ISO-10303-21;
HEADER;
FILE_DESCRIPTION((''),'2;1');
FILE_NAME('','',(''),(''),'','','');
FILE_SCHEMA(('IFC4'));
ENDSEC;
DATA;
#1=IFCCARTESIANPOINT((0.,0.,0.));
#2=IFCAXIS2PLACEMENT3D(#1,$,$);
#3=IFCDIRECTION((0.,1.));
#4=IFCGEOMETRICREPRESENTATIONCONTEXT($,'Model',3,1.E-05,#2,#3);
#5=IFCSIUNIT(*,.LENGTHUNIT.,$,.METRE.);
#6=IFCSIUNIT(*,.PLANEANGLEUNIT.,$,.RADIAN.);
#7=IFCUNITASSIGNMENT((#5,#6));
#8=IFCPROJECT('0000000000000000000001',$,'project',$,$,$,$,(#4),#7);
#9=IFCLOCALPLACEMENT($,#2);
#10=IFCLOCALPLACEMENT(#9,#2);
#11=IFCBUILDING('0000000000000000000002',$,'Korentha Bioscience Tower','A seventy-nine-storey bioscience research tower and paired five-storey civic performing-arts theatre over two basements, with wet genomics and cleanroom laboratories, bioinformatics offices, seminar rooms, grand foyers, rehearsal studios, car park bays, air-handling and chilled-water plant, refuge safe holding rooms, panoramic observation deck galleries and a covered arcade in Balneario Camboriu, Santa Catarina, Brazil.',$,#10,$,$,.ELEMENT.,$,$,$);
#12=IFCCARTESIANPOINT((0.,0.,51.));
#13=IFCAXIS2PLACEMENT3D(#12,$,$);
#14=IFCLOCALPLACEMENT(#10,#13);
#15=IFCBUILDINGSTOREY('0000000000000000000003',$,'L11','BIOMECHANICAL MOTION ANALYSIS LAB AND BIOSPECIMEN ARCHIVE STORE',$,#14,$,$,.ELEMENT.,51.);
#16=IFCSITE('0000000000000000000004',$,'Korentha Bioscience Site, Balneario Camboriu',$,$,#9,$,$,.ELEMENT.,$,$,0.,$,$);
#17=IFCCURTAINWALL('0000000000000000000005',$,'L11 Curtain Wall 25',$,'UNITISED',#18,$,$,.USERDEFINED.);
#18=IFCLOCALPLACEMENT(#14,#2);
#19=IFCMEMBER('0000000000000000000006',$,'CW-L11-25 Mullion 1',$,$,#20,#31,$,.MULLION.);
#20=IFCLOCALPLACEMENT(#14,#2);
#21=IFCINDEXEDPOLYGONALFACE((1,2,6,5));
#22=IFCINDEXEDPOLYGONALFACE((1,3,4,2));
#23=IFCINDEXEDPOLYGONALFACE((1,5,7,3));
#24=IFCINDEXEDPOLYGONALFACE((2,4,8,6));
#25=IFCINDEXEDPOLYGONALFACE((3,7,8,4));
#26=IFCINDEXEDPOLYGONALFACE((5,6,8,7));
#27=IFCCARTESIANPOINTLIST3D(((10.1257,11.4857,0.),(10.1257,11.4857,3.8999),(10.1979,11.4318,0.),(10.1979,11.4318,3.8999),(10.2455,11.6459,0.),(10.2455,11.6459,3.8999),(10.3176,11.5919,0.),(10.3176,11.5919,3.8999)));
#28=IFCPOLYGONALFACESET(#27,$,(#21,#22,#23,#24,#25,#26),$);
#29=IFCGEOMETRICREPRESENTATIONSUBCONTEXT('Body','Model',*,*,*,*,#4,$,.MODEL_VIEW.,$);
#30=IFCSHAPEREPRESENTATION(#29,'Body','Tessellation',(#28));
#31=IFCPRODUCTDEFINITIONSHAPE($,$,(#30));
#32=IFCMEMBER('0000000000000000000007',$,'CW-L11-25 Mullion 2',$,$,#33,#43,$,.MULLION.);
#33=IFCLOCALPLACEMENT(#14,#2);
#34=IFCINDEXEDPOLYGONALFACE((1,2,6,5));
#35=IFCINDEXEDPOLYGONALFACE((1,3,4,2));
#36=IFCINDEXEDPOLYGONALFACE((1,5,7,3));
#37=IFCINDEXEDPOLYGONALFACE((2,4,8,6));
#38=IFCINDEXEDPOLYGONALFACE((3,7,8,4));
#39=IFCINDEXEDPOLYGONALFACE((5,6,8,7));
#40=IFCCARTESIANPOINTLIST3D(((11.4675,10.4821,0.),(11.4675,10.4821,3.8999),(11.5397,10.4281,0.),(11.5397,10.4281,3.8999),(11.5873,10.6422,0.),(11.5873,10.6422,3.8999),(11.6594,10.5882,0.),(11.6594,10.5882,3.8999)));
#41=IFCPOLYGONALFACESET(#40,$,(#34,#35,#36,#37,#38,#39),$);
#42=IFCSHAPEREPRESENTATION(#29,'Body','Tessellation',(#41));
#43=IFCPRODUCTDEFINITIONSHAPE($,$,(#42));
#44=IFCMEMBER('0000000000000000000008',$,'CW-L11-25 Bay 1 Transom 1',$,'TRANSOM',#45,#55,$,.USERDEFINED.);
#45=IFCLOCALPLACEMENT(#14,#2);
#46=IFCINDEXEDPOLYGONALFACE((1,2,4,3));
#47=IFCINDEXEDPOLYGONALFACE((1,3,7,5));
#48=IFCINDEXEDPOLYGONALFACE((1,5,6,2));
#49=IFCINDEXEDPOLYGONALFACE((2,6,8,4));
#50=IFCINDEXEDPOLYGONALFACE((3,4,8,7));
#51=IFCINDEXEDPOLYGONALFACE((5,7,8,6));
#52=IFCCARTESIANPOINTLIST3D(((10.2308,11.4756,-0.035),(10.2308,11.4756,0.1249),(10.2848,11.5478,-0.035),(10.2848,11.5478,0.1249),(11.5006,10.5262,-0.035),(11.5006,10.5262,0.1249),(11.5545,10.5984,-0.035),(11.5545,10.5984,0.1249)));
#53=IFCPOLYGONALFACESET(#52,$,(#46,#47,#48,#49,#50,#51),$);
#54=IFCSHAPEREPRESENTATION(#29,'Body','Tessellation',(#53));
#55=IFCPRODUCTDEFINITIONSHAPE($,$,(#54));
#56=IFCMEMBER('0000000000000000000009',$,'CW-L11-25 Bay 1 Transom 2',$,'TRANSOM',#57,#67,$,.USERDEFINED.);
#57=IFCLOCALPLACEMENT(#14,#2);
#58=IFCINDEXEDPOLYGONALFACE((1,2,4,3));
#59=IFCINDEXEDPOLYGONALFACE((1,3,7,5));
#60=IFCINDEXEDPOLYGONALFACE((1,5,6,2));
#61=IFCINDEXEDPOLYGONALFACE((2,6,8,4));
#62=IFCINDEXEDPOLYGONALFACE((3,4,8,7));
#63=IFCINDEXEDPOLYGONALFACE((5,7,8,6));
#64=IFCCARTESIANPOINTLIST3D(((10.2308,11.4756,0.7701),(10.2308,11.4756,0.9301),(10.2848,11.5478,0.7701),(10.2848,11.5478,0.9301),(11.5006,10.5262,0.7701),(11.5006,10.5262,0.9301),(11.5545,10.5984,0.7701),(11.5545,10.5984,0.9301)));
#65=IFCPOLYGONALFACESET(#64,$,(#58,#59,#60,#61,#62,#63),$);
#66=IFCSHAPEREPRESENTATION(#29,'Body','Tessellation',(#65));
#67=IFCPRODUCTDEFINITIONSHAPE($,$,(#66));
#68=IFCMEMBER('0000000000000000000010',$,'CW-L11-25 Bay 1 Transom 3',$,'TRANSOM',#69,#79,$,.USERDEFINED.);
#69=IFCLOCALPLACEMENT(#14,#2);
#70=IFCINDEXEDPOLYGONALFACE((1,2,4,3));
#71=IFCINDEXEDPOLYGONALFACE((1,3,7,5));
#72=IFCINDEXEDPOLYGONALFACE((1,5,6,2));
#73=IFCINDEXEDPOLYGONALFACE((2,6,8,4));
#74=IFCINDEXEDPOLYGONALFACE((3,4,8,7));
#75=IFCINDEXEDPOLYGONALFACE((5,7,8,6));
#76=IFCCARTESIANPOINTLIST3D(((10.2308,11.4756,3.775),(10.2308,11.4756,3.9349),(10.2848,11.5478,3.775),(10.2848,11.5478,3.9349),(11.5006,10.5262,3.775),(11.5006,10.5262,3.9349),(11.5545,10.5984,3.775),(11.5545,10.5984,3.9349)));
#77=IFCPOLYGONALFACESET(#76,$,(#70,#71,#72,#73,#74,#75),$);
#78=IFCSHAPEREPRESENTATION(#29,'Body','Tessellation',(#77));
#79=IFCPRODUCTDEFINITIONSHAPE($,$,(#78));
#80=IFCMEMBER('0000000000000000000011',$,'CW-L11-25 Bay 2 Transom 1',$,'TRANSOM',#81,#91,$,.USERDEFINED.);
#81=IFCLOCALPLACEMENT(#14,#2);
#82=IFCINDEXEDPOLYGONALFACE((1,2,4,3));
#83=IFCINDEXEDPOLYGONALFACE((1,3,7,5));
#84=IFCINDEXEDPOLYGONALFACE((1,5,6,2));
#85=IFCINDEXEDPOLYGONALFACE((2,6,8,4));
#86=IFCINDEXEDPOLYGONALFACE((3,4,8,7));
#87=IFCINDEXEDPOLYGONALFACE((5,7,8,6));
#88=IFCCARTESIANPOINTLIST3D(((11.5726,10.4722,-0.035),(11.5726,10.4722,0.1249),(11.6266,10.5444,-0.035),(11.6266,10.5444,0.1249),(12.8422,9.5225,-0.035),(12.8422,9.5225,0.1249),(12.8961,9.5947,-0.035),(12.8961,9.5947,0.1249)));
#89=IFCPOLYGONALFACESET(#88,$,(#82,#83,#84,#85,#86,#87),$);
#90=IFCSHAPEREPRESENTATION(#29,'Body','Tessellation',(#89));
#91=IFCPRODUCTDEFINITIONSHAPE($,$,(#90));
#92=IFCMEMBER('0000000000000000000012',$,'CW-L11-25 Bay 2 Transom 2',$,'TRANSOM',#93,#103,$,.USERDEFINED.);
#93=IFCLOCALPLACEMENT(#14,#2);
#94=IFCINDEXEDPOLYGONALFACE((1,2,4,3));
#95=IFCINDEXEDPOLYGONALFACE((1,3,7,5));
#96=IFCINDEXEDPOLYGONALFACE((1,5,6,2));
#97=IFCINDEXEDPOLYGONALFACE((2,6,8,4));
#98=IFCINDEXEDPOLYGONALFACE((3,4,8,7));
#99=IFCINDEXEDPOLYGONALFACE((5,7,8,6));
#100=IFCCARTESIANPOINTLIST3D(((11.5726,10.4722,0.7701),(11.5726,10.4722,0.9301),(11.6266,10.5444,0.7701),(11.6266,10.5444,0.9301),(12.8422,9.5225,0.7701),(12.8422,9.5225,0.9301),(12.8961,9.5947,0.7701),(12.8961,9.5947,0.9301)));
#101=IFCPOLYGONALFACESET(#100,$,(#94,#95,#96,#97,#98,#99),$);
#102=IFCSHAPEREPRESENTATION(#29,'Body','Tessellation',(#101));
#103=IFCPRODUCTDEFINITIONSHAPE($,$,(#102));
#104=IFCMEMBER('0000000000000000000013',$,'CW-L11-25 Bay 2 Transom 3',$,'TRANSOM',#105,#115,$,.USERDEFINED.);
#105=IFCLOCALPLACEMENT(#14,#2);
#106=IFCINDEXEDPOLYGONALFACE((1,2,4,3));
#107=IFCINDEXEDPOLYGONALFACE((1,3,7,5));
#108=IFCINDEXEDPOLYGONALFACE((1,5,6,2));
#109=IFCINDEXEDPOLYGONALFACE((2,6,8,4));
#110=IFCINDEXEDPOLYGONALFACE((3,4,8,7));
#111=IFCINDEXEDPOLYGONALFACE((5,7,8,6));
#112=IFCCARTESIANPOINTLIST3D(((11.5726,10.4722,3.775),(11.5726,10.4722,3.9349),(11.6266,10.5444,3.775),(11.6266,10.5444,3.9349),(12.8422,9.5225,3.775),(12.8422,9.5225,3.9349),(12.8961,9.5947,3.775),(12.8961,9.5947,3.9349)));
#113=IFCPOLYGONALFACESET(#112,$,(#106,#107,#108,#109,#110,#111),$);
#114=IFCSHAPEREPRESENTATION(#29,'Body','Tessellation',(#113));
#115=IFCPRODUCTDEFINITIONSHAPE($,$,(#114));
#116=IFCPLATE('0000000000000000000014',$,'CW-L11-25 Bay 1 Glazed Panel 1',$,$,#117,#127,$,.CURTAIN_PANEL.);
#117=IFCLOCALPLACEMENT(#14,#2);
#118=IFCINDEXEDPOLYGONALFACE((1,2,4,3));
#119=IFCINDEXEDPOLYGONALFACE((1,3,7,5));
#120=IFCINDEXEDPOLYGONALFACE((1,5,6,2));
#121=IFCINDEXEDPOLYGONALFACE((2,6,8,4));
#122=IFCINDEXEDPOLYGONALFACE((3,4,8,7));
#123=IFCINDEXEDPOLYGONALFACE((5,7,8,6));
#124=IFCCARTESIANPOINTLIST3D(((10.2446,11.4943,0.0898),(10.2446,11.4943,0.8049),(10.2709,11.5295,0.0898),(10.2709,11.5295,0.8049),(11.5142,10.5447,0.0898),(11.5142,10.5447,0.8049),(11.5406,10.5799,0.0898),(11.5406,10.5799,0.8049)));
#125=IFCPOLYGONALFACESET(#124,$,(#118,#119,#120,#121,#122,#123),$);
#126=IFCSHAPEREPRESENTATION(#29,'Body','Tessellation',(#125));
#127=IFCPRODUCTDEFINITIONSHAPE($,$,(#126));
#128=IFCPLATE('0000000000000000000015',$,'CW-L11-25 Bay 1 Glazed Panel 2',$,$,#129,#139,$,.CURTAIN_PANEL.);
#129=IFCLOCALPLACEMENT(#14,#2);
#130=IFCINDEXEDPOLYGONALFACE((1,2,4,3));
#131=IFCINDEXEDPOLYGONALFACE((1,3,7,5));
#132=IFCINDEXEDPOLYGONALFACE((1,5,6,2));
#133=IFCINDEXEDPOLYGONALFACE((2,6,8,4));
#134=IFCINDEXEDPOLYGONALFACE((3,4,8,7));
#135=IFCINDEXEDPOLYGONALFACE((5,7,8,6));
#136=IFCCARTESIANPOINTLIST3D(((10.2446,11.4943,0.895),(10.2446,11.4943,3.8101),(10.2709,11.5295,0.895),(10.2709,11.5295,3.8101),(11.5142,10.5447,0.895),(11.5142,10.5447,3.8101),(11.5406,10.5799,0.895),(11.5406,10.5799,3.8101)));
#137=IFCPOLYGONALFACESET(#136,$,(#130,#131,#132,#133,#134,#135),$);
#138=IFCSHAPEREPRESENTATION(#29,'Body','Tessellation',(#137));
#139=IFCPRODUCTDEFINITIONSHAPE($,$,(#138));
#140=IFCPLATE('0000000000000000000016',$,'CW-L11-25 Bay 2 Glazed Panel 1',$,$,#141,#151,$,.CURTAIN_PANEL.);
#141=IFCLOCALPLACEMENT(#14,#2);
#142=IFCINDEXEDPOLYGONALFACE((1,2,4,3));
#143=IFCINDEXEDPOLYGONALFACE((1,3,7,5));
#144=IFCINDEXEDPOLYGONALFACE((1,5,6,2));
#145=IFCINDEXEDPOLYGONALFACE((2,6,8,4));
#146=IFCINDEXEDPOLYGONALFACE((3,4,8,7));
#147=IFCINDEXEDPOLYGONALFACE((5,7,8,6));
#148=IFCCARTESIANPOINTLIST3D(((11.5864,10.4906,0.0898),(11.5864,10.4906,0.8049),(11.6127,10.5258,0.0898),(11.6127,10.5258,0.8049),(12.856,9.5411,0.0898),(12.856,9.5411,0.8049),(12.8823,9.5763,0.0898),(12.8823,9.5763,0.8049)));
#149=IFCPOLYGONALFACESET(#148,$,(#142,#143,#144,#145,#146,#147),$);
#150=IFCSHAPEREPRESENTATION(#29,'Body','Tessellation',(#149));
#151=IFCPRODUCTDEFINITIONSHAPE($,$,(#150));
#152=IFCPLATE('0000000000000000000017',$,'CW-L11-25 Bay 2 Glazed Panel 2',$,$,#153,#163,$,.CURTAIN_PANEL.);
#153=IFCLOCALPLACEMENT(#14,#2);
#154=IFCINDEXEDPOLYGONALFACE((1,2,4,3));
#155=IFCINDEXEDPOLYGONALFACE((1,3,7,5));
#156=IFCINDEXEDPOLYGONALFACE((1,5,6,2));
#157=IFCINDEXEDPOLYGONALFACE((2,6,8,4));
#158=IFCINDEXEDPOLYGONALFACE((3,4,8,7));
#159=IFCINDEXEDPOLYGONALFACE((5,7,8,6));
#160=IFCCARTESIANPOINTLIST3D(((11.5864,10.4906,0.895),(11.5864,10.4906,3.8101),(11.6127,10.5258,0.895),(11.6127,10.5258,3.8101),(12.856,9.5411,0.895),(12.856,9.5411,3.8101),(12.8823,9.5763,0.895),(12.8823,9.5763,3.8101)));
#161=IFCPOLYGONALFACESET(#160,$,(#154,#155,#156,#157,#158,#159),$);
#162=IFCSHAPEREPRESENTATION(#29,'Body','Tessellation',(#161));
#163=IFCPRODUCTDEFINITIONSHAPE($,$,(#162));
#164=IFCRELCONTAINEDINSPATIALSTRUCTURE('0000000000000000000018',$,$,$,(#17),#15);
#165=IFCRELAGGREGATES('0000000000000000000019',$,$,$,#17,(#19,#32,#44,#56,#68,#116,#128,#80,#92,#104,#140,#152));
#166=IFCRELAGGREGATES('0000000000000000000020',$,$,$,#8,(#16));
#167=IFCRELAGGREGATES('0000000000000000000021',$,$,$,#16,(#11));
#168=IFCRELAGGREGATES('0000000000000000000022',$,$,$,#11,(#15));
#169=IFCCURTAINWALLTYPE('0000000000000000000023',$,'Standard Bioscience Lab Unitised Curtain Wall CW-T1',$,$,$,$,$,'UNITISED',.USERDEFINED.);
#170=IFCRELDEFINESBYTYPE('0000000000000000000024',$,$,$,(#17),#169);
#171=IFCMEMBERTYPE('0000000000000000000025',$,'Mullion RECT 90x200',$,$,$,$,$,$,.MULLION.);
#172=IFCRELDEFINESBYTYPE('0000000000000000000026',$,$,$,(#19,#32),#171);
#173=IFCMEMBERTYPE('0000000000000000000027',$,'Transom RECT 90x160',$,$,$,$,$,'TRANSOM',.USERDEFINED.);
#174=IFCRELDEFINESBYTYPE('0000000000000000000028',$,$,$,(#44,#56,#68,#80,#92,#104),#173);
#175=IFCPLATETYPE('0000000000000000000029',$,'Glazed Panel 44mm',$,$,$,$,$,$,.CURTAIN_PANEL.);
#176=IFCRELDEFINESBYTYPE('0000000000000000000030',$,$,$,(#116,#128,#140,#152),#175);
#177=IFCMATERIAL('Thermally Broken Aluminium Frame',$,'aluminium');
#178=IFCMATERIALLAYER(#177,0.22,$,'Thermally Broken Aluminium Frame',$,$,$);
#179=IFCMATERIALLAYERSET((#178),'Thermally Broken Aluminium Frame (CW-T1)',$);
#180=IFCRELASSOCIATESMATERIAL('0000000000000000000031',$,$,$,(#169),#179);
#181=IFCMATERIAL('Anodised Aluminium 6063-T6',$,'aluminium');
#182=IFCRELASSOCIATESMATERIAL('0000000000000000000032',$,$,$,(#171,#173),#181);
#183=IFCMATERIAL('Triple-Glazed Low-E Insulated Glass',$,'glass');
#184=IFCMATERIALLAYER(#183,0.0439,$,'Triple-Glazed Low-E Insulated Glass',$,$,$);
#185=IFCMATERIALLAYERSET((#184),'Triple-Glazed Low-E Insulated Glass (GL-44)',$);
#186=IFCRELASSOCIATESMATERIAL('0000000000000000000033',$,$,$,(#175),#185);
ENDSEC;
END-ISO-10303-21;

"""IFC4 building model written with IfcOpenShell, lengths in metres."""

from ifc_helpers import new_model, si_unit, direction, frame, origin, origin_2d, place, context, subcontext, project, spatial, rectangle, extrude, material, layer, layer_set, material_profile, profile_set, type_object, element, aggregate, save


model = new_model("IFC4")

# Units and contexts
model_context = context("Model", 3, precision=1e-05, world=origin(), true_north=direction((0.0, 1.0)))
body_context = subcontext(model_context, "Body", "Model", "MODEL_VIEW")
ifc_project = project(units=[si_unit("LENGTHUNIT", "METRE"), si_unit("PLANEANGLEUNIT", "RADIAN")], contexts=[model_context])

# Site, building, storey
site_placement = place(None, origin())
site = spatial("IfcSite", under=ifc_project, at=site_placement, Name="Korentha Bioscience Site, Balneario Camboriu", CompositionType="ELEMENT", RefElevation=0.0)
building_placement = place(site_placement, origin())
building = spatial("IfcBuilding", under=site, at=building_placement, Name="Korentha Bioscience Tower", Description="A seventy-nine-storey bioscience research tower and paired five-storey civic performing-arts theatre over two basements, with wet genomics and cleanroom laboratories, bioinformatics offices, seminar rooms, grand foyers, rehearsal studios, car park bays, air-handling and chilled-water plant, refuge safe holding rooms, panoramic observation deck galleries and a covered arcade in Balneario Camboriu, Santa Catarina, Brazil.", CompositionType="ELEMENT")
storey_placement = place(building_placement, frame((0.0, 0.0, 51.0)))
storey = spatial("IfcBuildingStorey", under=building, at=storey_placement, Name="L11", Description="BIOMECHANICAL MOTION ANALYSIS LAB AND BIOSPECIMEN ARCHIVE STORE", CompositionType="ELEMENT", Elevation=51.0)

# Curtain wall, members, plates
ifc_material_1 = material(Name="Thermally Broken Aluminium Frame", Category="aluminium")
ifc_layer_1 = layer(ifc_material_1, 0.22, Name="Thermally Broken Aluminium Frame")
ifc_layer_set_1 = layer_set([ifc_layer_1], Name="Thermally Broken Aluminium Frame (CW-T1)")
curtain_wall_type = type_object("IfcCurtainWallType", Name="Standard Bioscience Lab Unitised Curtain Wall CW-T1", ElementType="UNITISED", PredefinedType="USERDEFINED", material=ifc_layer_set_1)
curtain_wall_placement = place(storey_placement, origin())
curtain_wall = element("IfcCurtainWall", 1, at=curtain_wall_placement, inside=storey, type_object=curtain_wall_type, Name="L11 Curtain Wall 25", ObjectType="UNITISED", PredefinedType="USERDEFINED")
ifc_material_2 = material(Name="Anodised Aluminium 6063-T6", Category="aluminium")
ifc_material_profile_1 = material_profile(ifc_material_2, rectangle(XDim=0.0901, YDim=0.2, at=origin_2d()), Name="Anodised Aluminium 6063-T6")
ifc_profile_set_1 = profile_set([ifc_material_profile_1], Name="Anodised Aluminium 6063-T6 (CW-MUL)")
member_type_1 = type_object("IfcMemberType", Name="Mullion RECT 90x200", PredefinedType="MULLION", material=ifc_profile_set_1)
member_1_placement = place(storey_placement, frame((10.2217, 11.5388, 0.0), z_axis=(0.0, 0.0, 1.0), x_axis=(0.800798, -0.598935, 0.0)))
member_1 = element("IfcMember", 2, at=member_1_placement, type_object=member_type_1, Name="CW-L11-25 Mullion 1", PredefinedType="MULLION", context=body_context, shape_type="SweptSolid", body=[
    extrude(rectangle(XDim=0.0901, YDim=0.2, at=origin_2d()), origin(), (0.0, 0.0, 1.0), 3.8999),
])
member_2_placement = place(storey_placement, frame((11.5635, 10.5352, 0.0), z_axis=(0.0, 0.0, 1.0), x_axis=(0.800798, -0.598935, 0.0)))
member_2 = element("IfcMember", 3, at=member_2_placement, type_object=member_type_1, Name="CW-L11-25 Mullion 2", PredefinedType="MULLION", context=body_context, shape_type="SweptSolid", body=[
    extrude(rectangle(XDim=0.0901, YDim=0.2, at=origin_2d()), origin(), (0.0, 0.0, 1.0), 3.8999),
])
ifc_material_profile_2 = material_profile(ifc_material_2, rectangle(XDim=0.0901, YDim=0.1599, at=origin_2d()), Name="Anodised Aluminium 6063-T6")
ifc_profile_set_2 = profile_set([ifc_material_profile_2], Name="Anodised Aluminium 6063-T6 (CW-TRN)")
member_type_2 = type_object("IfcMemberType", Name="Transom RECT 90x160", ElementType="TRANSOM", PredefinedType="USERDEFINED", material=ifc_profile_set_2)
member_3_placement = place(storey_placement, frame((10.2578, 11.5117, 0.0449), z_axis=(0.800868, -0.598841, 0.0), x_axis=(0.598841, 0.800868, 0.0)))
member_3 = element("IfcMember", 4, at=member_3_placement, type_object=member_type_2, Name="CW-L11-25 Bay 1 Transom 1", ObjectType="TRANSOM", PredefinedType="USERDEFINED", context=body_context, shape_type="SweptSolid", body=[
    extrude(rectangle(XDim=0.0901, YDim=0.1599, at=origin_2d()), origin(), (0.0, 0.0, 1.0), 1.5854),
])
member_4_placement = place(storey_placement, frame((10.2578, 11.5117, 0.8501), z_axis=(0.800868, -0.598841, 0.0), x_axis=(0.598841, 0.800868, 0.0)))
member_4 = element("IfcMember", 5, at=member_4_placement, type_object=member_type_2, Name="CW-L11-25 Bay 1 Transom 2", ObjectType="TRANSOM", PredefinedType="USERDEFINED", context=body_context, shape_type="SweptSolid", body=[
    extrude(rectangle(XDim=0.0901, YDim=0.1599, at=origin_2d()), origin(), (0.0, 0.0, 1.0), 1.5854),
])
member_5_placement = place(storey_placement, frame((10.2578, 11.5117, 3.855), z_axis=(0.800868, -0.598841, 0.0), x_axis=(0.598841, 0.800868, 0.0)))
member_5 = element("IfcMember", 6, at=member_5_placement, type_object=member_type_2, Name="CW-L11-25 Bay 1 Transom 3", ObjectType="TRANSOM", PredefinedType="USERDEFINED", context=body_context, shape_type="SweptSolid", body=[
    extrude(rectangle(XDim=0.0901, YDim=0.1599, at=origin_2d()), origin(), (0.0, 0.0, 1.0), 1.5854),
])
member_6_placement = place(storey_placement, frame((11.5996, 10.5083, 0.0449), z_axis=(0.800739, -0.599014, 0.0), x_axis=(0.599014, 0.800739, 0.0)))
member_6 = element("IfcMember", 7, at=member_6_placement, type_object=member_type_2, Name="CW-L11-25 Bay 2 Transom 1", ObjectType="TRANSOM", PredefinedType="USERDEFINED", context=body_context, shape_type="SweptSolid", body=[
    extrude(rectangle(XDim=0.0901, YDim=0.1599, at=origin_2d()), origin(), (0.0, 0.0, 1.0), 1.5854),
])
member_7_placement = place(storey_placement, frame((11.5996, 10.5083, 0.8501), z_axis=(0.800739, -0.599014, 0.0), x_axis=(0.599014, 0.800739, 0.0)))
member_7 = element("IfcMember", 8, at=member_7_placement, type_object=member_type_2, Name="CW-L11-25 Bay 2 Transom 2", ObjectType="TRANSOM", PredefinedType="USERDEFINED", context=body_context, shape_type="SweptSolid", body=[
    extrude(rectangle(XDim=0.0901, YDim=0.1599, at=origin_2d()), origin(), (0.0, 0.0, 1.0), 1.5854),
])
member_8_placement = place(storey_placement, frame((11.5996, 10.5083, 3.855), z_axis=(0.800739, -0.599014, 0.0), x_axis=(0.599014, 0.800739, 0.0)))
member_8 = element("IfcMember", 9, at=member_8_placement, type_object=member_type_2, Name="CW-L11-25 Bay 2 Transom 3", ObjectType="TRANSOM", PredefinedType="USERDEFINED", context=body_context, shape_type="SweptSolid", body=[
    extrude(rectangle(XDim=0.0901, YDim=0.1599, at=origin_2d()), origin(), (0.0, 0.0, 1.0), 1.5854),
])
ifc_material_3 = material(Name="Triple-Glazed Low-E Insulated Glass", Category="glass")
ifc_layer_2 = layer(ifc_material_3, 0.0439, Name="Triple-Glazed Low-E Insulated Glass")
ifc_layer_set_2 = layer_set([ifc_layer_2], Name="Triple-Glazed Low-E Insulated Glass (GL-44)")
plate_type = type_object("IfcPlateType", Name="Glazed Panel 44mm", PredefinedType="CURTAIN_PANEL", material=ifc_layer_set_2)
plate_1_placement = place(storey_placement, frame((10.8926, 11.0371, 0.0898), z_axis=(0.0, 0.0, 1.0), x_axis=(0.800798, -0.598935, 0.0)))
plate_1 = element("IfcPlate", 10, at=plate_1_placement, type_object=plate_type, Name="CW-L11-25 Bay 1 Glazed Panel 1", PredefinedType="CURTAIN_PANEL", context=body_context, shape_type="SweptSolid", body=[
    extrude(rectangle(XDim=1.5854, YDim=0.0439, at=origin_2d()), origin(), (0.0, 0.0, 1.0), 0.7151),
])
plate_2_placement = place(storey_placement, frame((10.8926, 11.0371, 0.895), z_axis=(0.0, 0.0, 1.0), x_axis=(0.800798, -0.598935, 0.0)))
plate_2 = element("IfcPlate", 11, at=plate_2_placement, type_object=plate_type, Name="CW-L11-25 Bay 1 Glazed Panel 2", PredefinedType="CURTAIN_PANEL", context=body_context, shape_type="SweptSolid", body=[
    extrude(rectangle(XDim=1.5854, YDim=0.0439, at=origin_2d()), origin(), (0.0, 0.0, 1.0), 2.915),
])
plate_3_placement = place(storey_placement, frame((12.2344, 10.0334, 0.0898), z_axis=(0.0, 0.0, 1.0), x_axis=(0.800798, -0.598935, 0.0)))
plate_3 = element("IfcPlate", 12, at=plate_3_placement, type_object=plate_type, Name="CW-L11-25 Bay 2 Glazed Panel 1", PredefinedType="CURTAIN_PANEL", context=body_context, shape_type="SweptSolid", body=[
    extrude(rectangle(XDim=1.5854, YDim=0.0439, at=origin_2d()), origin(), (0.0, 0.0, 1.0), 0.7151),
])
plate_4_placement = place(storey_placement, frame((12.2344, 10.0334, 0.895), z_axis=(0.0, 0.0, 1.0), x_axis=(0.800798, -0.598935, 0.0)))
plate_4 = element("IfcPlate", 13, at=plate_4_placement, type_object=plate_type, Name="CW-L11-25 Bay 2 Glazed Panel 2", PredefinedType="CURTAIN_PANEL", context=body_context, shape_type="SweptSolid", body=[
    extrude(rectangle(XDim=1.5854, YDim=0.0439, at=origin_2d()), origin(), (0.0, 0.0, 1.0), 2.915),
])
aggregate(curtain_wall, [member_1, member_2, member_3, member_4, member_5, plate_1, plate_2, member_6, member_7, member_8, plate_3, plate_4])

save(model, "model.ifc")
